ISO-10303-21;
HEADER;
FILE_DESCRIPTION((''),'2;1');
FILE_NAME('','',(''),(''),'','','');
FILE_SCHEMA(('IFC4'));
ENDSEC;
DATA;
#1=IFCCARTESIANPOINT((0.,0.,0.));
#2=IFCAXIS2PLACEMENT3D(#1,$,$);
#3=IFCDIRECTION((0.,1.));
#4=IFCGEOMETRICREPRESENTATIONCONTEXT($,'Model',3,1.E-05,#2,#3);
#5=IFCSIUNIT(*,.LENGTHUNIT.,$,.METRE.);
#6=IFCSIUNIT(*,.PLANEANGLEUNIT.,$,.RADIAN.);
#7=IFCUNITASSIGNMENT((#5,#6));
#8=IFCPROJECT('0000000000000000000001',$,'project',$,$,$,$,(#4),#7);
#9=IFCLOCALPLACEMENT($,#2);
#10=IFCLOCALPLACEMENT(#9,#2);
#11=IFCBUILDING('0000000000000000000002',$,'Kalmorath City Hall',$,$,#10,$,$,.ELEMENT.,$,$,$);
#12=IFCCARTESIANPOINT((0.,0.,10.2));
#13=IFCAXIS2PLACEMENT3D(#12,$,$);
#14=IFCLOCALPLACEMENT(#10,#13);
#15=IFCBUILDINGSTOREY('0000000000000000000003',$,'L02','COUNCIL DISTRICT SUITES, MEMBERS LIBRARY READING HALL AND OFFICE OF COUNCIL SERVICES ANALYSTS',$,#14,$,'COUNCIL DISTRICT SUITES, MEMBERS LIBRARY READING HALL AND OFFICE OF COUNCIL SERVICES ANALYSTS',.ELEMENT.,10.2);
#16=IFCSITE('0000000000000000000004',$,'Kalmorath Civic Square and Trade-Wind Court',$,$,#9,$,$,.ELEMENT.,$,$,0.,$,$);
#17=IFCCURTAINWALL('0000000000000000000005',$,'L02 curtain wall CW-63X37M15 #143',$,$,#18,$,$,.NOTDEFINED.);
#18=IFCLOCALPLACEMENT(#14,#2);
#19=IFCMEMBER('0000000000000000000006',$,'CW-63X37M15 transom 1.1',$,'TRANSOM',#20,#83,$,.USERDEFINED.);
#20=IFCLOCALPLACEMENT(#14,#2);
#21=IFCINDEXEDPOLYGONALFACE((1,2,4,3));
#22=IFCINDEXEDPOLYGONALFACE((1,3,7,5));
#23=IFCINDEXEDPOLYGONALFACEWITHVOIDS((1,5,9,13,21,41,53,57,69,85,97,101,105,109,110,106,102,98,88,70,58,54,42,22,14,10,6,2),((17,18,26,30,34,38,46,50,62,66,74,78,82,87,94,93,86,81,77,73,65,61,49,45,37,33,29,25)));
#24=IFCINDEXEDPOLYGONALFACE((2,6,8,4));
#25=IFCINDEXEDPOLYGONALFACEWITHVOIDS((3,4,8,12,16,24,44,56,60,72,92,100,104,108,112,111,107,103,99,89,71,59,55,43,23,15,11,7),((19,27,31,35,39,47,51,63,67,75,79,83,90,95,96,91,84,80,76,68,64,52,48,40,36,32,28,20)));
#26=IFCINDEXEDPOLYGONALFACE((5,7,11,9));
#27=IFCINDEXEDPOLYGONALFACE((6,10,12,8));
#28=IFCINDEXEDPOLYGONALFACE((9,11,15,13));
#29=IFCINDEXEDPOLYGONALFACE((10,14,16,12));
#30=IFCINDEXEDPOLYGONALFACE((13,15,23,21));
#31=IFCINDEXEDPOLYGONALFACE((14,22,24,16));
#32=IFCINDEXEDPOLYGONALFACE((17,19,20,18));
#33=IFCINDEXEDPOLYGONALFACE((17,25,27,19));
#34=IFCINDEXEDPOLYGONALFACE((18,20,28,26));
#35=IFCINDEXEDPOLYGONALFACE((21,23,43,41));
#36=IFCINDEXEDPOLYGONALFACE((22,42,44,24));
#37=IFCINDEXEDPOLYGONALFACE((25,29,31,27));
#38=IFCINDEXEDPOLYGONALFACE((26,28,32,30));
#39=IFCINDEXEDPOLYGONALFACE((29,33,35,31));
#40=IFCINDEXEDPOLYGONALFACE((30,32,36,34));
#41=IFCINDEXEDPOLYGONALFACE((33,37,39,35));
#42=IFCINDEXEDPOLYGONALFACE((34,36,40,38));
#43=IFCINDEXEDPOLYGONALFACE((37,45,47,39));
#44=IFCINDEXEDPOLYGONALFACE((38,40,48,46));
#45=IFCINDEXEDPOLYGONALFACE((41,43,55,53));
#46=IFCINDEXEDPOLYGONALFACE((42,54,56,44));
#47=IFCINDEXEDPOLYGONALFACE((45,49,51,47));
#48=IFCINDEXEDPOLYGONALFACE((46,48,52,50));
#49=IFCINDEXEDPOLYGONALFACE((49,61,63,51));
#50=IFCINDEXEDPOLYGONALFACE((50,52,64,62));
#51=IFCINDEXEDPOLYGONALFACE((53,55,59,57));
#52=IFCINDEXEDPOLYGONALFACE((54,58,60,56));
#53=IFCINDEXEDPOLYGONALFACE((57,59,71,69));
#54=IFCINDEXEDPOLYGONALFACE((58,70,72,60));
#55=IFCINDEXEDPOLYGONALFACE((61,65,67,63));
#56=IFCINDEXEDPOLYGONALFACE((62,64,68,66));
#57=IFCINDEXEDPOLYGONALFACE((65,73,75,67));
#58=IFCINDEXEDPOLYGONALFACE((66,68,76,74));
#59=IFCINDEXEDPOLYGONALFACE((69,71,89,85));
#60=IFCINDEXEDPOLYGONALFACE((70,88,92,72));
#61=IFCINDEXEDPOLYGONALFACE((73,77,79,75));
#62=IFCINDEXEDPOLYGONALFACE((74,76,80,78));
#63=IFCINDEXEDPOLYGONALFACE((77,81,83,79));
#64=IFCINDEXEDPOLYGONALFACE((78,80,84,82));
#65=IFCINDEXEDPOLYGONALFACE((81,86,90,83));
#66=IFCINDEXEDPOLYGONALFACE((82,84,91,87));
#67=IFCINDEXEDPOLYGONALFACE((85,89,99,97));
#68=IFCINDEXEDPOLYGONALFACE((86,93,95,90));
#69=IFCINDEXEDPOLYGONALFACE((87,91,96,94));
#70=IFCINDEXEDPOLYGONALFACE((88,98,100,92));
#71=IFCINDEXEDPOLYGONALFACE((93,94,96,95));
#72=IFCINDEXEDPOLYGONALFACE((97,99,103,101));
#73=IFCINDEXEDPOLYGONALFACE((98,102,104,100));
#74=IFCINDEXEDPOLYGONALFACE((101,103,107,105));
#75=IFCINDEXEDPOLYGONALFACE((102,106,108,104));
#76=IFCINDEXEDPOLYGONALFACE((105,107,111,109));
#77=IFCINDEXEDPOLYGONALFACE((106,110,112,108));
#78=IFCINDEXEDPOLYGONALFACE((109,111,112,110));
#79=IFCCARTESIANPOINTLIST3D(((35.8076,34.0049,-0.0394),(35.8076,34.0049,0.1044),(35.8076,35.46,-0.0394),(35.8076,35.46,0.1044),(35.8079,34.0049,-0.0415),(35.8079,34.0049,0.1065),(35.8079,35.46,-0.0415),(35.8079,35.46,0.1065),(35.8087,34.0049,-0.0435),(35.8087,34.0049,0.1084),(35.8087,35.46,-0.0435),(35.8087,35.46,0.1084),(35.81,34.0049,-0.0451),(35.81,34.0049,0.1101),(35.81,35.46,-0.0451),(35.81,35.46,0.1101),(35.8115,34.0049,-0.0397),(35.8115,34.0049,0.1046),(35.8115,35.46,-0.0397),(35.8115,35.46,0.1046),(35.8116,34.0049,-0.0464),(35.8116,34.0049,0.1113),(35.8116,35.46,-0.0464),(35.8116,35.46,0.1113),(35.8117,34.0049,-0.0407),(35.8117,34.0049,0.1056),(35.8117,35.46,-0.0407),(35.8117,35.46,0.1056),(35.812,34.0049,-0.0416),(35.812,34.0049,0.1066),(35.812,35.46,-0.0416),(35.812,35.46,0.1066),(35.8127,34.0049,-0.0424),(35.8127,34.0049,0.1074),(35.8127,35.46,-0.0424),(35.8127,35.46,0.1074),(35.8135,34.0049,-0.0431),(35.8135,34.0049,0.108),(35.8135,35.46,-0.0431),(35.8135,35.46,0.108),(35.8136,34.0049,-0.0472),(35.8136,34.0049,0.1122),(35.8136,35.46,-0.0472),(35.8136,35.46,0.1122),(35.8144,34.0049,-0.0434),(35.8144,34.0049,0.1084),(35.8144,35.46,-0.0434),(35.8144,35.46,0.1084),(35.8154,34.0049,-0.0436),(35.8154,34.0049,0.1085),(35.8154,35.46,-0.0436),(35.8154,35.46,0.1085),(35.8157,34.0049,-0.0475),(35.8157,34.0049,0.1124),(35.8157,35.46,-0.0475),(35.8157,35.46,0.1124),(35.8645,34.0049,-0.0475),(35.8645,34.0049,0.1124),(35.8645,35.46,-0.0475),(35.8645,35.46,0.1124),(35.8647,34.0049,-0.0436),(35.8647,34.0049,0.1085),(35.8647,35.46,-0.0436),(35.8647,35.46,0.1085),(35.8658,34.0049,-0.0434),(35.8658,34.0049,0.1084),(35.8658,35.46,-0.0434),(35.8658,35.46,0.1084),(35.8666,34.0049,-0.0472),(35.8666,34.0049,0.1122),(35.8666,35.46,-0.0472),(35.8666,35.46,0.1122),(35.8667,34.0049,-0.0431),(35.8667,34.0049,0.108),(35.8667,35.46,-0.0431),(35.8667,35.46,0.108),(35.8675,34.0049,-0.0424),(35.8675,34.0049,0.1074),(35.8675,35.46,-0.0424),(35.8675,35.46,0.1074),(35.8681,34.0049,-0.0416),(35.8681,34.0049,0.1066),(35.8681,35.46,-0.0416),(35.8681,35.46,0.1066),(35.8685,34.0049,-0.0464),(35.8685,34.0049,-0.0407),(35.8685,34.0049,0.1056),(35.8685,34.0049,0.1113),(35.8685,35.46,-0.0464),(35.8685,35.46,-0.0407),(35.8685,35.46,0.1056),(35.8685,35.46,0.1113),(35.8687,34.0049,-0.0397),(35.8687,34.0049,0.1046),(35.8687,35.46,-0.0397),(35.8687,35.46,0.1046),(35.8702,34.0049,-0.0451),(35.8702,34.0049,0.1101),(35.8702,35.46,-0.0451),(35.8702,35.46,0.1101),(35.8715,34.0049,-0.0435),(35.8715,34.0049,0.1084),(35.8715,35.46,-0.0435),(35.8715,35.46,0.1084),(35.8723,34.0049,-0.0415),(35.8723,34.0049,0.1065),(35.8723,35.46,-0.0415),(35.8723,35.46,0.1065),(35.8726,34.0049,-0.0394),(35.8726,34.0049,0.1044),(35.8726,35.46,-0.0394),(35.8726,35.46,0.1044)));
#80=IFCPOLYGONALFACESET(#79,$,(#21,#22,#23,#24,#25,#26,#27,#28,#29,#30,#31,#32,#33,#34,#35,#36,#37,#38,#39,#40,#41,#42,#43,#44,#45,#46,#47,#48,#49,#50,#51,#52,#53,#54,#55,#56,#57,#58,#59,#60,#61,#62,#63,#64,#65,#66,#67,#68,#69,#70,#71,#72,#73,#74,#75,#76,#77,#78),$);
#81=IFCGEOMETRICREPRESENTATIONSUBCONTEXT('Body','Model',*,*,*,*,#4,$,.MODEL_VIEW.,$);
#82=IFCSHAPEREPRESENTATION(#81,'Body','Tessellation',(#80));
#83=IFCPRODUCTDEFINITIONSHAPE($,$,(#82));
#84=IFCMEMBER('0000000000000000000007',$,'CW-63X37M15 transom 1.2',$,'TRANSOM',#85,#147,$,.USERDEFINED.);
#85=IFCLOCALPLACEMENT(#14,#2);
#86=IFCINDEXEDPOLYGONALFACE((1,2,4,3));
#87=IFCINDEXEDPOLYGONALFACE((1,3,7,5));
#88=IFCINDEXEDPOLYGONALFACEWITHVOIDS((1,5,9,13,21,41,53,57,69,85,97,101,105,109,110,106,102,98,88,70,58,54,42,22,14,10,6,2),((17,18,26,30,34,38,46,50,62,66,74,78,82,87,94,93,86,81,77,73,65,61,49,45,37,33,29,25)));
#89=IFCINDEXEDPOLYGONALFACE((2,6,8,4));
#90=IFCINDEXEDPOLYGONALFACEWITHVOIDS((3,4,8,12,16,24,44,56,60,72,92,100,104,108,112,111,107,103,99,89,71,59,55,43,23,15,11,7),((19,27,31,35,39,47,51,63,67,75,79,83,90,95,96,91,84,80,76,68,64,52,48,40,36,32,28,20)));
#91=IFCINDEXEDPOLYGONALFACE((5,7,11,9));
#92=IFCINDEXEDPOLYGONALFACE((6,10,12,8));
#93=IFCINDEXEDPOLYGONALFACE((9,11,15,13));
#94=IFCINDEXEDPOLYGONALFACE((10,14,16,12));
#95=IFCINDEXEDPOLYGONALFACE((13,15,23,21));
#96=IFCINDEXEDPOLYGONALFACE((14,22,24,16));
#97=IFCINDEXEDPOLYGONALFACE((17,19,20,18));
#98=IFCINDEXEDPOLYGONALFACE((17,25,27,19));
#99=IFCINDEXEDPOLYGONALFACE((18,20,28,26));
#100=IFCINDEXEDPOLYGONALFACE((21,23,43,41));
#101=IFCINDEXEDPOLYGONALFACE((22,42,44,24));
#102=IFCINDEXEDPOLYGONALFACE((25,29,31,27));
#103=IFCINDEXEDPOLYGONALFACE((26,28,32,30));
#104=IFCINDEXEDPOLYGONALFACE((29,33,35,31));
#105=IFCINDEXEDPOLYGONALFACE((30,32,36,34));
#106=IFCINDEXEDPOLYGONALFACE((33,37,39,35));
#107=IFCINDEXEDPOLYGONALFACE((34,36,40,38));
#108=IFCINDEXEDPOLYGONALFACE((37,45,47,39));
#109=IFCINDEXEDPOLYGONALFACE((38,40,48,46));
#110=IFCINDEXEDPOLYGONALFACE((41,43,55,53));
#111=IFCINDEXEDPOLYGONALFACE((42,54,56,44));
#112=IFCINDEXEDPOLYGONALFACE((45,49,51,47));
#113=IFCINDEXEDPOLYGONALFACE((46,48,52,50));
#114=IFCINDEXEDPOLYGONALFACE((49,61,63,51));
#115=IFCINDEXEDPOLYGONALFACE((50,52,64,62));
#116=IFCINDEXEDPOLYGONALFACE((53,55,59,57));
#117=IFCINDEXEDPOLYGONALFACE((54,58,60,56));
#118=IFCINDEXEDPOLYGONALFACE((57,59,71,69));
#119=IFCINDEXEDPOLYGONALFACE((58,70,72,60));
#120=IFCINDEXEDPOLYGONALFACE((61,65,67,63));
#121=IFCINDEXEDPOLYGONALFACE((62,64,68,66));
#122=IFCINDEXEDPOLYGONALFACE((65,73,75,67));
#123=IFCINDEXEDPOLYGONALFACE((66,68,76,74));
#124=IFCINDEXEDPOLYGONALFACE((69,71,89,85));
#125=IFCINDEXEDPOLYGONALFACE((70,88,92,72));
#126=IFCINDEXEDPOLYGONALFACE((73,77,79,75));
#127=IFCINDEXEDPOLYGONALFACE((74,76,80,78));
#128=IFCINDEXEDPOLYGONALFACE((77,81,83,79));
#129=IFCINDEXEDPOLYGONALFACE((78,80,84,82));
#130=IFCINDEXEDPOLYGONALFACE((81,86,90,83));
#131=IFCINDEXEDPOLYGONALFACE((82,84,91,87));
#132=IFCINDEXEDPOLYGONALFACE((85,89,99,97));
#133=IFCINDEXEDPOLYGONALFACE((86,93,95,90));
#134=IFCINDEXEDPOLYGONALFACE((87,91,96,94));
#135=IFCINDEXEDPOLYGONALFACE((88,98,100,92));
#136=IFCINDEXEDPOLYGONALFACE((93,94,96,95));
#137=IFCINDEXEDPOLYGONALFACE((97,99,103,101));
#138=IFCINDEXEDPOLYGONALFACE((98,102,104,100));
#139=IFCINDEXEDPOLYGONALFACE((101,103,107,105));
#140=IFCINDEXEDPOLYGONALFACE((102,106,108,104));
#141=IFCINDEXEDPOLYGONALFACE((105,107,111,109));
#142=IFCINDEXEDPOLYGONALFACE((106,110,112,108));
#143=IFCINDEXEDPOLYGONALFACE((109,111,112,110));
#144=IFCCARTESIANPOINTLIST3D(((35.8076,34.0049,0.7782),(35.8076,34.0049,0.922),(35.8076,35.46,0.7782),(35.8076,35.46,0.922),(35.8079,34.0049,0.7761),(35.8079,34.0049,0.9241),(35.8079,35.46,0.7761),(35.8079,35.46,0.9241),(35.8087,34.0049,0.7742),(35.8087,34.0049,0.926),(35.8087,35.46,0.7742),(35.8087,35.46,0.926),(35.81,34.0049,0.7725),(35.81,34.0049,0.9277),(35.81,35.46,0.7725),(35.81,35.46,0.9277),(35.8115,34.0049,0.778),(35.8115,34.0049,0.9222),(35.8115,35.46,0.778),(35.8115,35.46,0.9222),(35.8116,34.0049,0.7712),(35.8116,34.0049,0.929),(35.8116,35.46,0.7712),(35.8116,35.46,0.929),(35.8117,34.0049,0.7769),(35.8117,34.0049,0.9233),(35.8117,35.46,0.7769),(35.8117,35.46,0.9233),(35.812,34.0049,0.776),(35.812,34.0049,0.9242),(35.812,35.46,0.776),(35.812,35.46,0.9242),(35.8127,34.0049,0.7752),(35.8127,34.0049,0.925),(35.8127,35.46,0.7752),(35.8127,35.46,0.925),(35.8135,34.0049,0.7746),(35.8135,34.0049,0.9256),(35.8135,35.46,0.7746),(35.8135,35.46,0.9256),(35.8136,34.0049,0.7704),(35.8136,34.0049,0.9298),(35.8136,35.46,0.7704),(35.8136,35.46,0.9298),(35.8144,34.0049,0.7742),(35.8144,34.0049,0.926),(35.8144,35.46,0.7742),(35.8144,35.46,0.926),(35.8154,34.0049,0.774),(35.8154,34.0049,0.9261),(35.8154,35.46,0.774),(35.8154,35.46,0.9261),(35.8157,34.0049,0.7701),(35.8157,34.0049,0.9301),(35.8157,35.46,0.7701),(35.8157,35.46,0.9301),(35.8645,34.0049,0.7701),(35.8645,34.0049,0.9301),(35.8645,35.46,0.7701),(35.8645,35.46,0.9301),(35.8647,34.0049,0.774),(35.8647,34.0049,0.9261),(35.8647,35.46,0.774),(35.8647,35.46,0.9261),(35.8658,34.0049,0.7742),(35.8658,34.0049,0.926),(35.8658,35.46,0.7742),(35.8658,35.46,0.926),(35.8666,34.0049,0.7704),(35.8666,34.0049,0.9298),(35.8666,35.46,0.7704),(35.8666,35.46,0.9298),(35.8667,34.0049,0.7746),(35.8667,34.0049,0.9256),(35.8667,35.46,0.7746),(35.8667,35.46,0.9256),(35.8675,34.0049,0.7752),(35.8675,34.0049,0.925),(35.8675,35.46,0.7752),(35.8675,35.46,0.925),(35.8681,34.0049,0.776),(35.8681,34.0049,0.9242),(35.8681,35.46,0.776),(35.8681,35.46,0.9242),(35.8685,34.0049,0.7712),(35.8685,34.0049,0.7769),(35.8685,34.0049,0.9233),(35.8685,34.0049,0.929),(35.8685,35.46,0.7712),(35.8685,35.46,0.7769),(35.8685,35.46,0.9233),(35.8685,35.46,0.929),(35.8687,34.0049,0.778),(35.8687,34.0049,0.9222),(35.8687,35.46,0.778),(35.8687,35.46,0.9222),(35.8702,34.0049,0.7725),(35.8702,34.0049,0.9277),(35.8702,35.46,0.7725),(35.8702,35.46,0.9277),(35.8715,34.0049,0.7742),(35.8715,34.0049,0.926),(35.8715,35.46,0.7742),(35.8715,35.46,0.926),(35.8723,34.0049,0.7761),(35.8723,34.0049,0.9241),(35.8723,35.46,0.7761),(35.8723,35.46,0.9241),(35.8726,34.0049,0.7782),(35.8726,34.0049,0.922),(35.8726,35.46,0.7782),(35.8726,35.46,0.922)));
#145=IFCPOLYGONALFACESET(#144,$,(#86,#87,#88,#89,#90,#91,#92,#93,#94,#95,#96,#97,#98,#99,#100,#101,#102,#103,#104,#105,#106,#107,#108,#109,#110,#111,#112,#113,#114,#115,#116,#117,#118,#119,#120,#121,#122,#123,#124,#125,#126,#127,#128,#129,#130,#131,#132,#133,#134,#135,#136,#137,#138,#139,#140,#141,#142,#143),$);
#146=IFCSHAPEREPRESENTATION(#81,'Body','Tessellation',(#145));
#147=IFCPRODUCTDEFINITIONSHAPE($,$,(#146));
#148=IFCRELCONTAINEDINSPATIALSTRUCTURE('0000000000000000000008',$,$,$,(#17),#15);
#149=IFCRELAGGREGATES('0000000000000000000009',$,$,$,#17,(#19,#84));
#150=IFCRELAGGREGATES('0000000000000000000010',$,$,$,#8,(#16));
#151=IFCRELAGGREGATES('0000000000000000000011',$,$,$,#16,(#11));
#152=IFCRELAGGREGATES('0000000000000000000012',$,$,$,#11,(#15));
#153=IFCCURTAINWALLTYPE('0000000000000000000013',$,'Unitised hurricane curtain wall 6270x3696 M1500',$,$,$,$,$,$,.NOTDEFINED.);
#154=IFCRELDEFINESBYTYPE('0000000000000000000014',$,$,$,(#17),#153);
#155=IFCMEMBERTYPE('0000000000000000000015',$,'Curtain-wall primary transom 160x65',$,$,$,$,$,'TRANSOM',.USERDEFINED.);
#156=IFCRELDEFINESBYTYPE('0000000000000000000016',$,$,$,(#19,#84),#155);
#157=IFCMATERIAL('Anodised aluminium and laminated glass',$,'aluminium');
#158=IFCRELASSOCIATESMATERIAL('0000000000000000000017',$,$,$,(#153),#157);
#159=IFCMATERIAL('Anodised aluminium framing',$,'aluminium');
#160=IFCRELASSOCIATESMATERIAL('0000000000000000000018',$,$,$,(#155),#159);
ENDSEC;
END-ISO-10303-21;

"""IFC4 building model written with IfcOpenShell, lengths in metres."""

from ifc_helpers import new_model, si_unit, direction, frame, origin, origin_2d, place, context, subcontext, project, spatial, hollow_rectangle, extrude, material, material_profile, profile_set, type_object, element, aggregate, save


model = new_model("IFC4")

# Units and contexts
model_context = context("Model", 3, precision=1e-05, world=origin(), true_north=direction((0.0, 1.0)))
body_context = subcontext(model_context, "Body", "Model", "MODEL_VIEW")
ifc_project = project(units=[si_unit("LENGTHUNIT", "METRE"), si_unit("PLANEANGLEUNIT", "RADIAN")], contexts=[model_context])

# Site, building, storey
site_placement = place(None, origin())
site = spatial("IfcSite", under=ifc_project, at=site_placement, Name="Kalmorath Civic Square and Trade-Wind Court", CompositionType="ELEMENT", RefElevation=0.0)
building_placement = place(site_placement, origin())
building = spatial("IfcBuilding", under=site, at=building_placement, Name="Kalmorath City Hall", CompositionType="ELEMENT")
storey_placement = place(building_placement, frame((0.0, 0.0, 10.2)))
storey = spatial("IfcBuildingStorey", under=building, at=storey_placement, Name="L02", Description="COUNCIL DISTRICT SUITES, MEMBERS LIBRARY READING HALL AND OFFICE OF COUNCIL SERVICES ANALYSTS", LongName="COUNCIL DISTRICT SUITES, MEMBERS LIBRARY READING HALL AND OFFICE OF COUNCIL SERVICES ANALYSTS", CompositionType="ELEMENT", Elevation=10.2)

# Curtain wall, members
ifc_material_1 = material(Name="Anodised aluminium and laminated glass", Category="aluminium")
curtain_wall_type = type_object("IfcCurtainWallType", Name="Unitised hurricane curtain wall 6270x3696 M1500", PredefinedType="NOTDEFINED", material=ifc_material_1)
curtain_wall_placement = place(storey_placement, origin())
curtain_wall = element("IfcCurtainWall", 1, at=curtain_wall_placement, inside=storey, type_object=curtain_wall_type, Name="L02 curtain wall CW-63X37M15 #143", PredefinedType="NOTDEFINED")
ifc_material_2 = material(Name="Anodised aluminium framing", Category="aluminium")
ifc_material_profile_1 = material_profile(ifc_material_2, hollow_rectangle(XDim=0.0649, YDim=0.1599, WallThickness=0.0039, InnerFilletRadius=0.0039, OuterFilletRadius=0.0081, at=origin_2d()), Name="ALU-TRN-160X65X4")
ifc_profile_set_1 = profile_set([ifc_material_profile_1], Name="Anodised aluminium framing")
member_type_1 = type_object("IfcMemberType", Name="Curtain-wall primary transom 160x65", ElementType="TRANSOM", PredefinedType="USERDEFINED", material=ifc_profile_set_1)
member_1_placement = place(storey_placement, frame((35.8401, 35.46, 0.0325), z_axis=(0.0, -1.0, 0.0), x_axis=(1.0, 0.0, 0.0)))
member_1 = element("IfcMember", 2, at=member_1_placement, type_object=member_type_1, Name="CW-63X37M15 transom 1.1", ObjectType="TRANSOM", PredefinedType="USERDEFINED", context=body_context, shape_type="SweptSolid", body=[
    extrude(hollow_rectangle(XDim=0.0649, YDim=0.1599, WallThickness=0.0039, InnerFilletRadius=0.0039, OuterFilletRadius=0.0081, at=origin_2d()), origin(), (0.0, 0.0, 1.0), 1.4551),
])
member_2_placement = place(storey_placement, frame((35.8401, 35.46, 0.8501), z_axis=(0.0, -1.0, 0.0), x_axis=(1.0, 0.0, 0.0)))
member_2 = element("IfcMember", 3, at=member_2_placement, type_object=member_type_1, Name="CW-63X37M15 transom 1.2", ObjectType="TRANSOM", PredefinedType="USERDEFINED", context=body_context, shape_type="SweptSolid", body=[
    extrude(hollow_rectangle(XDim=0.0649, YDim=0.1599, WallThickness=0.0039, InnerFilletRadius=0.0039, OuterFilletRadius=0.0081, at=origin_2d()), origin(), (0.0, 0.0, 1.0), 1.4551),
])

aggregate(curtain_wall, [member_1, member_2])

save(model, "model.ifc")
